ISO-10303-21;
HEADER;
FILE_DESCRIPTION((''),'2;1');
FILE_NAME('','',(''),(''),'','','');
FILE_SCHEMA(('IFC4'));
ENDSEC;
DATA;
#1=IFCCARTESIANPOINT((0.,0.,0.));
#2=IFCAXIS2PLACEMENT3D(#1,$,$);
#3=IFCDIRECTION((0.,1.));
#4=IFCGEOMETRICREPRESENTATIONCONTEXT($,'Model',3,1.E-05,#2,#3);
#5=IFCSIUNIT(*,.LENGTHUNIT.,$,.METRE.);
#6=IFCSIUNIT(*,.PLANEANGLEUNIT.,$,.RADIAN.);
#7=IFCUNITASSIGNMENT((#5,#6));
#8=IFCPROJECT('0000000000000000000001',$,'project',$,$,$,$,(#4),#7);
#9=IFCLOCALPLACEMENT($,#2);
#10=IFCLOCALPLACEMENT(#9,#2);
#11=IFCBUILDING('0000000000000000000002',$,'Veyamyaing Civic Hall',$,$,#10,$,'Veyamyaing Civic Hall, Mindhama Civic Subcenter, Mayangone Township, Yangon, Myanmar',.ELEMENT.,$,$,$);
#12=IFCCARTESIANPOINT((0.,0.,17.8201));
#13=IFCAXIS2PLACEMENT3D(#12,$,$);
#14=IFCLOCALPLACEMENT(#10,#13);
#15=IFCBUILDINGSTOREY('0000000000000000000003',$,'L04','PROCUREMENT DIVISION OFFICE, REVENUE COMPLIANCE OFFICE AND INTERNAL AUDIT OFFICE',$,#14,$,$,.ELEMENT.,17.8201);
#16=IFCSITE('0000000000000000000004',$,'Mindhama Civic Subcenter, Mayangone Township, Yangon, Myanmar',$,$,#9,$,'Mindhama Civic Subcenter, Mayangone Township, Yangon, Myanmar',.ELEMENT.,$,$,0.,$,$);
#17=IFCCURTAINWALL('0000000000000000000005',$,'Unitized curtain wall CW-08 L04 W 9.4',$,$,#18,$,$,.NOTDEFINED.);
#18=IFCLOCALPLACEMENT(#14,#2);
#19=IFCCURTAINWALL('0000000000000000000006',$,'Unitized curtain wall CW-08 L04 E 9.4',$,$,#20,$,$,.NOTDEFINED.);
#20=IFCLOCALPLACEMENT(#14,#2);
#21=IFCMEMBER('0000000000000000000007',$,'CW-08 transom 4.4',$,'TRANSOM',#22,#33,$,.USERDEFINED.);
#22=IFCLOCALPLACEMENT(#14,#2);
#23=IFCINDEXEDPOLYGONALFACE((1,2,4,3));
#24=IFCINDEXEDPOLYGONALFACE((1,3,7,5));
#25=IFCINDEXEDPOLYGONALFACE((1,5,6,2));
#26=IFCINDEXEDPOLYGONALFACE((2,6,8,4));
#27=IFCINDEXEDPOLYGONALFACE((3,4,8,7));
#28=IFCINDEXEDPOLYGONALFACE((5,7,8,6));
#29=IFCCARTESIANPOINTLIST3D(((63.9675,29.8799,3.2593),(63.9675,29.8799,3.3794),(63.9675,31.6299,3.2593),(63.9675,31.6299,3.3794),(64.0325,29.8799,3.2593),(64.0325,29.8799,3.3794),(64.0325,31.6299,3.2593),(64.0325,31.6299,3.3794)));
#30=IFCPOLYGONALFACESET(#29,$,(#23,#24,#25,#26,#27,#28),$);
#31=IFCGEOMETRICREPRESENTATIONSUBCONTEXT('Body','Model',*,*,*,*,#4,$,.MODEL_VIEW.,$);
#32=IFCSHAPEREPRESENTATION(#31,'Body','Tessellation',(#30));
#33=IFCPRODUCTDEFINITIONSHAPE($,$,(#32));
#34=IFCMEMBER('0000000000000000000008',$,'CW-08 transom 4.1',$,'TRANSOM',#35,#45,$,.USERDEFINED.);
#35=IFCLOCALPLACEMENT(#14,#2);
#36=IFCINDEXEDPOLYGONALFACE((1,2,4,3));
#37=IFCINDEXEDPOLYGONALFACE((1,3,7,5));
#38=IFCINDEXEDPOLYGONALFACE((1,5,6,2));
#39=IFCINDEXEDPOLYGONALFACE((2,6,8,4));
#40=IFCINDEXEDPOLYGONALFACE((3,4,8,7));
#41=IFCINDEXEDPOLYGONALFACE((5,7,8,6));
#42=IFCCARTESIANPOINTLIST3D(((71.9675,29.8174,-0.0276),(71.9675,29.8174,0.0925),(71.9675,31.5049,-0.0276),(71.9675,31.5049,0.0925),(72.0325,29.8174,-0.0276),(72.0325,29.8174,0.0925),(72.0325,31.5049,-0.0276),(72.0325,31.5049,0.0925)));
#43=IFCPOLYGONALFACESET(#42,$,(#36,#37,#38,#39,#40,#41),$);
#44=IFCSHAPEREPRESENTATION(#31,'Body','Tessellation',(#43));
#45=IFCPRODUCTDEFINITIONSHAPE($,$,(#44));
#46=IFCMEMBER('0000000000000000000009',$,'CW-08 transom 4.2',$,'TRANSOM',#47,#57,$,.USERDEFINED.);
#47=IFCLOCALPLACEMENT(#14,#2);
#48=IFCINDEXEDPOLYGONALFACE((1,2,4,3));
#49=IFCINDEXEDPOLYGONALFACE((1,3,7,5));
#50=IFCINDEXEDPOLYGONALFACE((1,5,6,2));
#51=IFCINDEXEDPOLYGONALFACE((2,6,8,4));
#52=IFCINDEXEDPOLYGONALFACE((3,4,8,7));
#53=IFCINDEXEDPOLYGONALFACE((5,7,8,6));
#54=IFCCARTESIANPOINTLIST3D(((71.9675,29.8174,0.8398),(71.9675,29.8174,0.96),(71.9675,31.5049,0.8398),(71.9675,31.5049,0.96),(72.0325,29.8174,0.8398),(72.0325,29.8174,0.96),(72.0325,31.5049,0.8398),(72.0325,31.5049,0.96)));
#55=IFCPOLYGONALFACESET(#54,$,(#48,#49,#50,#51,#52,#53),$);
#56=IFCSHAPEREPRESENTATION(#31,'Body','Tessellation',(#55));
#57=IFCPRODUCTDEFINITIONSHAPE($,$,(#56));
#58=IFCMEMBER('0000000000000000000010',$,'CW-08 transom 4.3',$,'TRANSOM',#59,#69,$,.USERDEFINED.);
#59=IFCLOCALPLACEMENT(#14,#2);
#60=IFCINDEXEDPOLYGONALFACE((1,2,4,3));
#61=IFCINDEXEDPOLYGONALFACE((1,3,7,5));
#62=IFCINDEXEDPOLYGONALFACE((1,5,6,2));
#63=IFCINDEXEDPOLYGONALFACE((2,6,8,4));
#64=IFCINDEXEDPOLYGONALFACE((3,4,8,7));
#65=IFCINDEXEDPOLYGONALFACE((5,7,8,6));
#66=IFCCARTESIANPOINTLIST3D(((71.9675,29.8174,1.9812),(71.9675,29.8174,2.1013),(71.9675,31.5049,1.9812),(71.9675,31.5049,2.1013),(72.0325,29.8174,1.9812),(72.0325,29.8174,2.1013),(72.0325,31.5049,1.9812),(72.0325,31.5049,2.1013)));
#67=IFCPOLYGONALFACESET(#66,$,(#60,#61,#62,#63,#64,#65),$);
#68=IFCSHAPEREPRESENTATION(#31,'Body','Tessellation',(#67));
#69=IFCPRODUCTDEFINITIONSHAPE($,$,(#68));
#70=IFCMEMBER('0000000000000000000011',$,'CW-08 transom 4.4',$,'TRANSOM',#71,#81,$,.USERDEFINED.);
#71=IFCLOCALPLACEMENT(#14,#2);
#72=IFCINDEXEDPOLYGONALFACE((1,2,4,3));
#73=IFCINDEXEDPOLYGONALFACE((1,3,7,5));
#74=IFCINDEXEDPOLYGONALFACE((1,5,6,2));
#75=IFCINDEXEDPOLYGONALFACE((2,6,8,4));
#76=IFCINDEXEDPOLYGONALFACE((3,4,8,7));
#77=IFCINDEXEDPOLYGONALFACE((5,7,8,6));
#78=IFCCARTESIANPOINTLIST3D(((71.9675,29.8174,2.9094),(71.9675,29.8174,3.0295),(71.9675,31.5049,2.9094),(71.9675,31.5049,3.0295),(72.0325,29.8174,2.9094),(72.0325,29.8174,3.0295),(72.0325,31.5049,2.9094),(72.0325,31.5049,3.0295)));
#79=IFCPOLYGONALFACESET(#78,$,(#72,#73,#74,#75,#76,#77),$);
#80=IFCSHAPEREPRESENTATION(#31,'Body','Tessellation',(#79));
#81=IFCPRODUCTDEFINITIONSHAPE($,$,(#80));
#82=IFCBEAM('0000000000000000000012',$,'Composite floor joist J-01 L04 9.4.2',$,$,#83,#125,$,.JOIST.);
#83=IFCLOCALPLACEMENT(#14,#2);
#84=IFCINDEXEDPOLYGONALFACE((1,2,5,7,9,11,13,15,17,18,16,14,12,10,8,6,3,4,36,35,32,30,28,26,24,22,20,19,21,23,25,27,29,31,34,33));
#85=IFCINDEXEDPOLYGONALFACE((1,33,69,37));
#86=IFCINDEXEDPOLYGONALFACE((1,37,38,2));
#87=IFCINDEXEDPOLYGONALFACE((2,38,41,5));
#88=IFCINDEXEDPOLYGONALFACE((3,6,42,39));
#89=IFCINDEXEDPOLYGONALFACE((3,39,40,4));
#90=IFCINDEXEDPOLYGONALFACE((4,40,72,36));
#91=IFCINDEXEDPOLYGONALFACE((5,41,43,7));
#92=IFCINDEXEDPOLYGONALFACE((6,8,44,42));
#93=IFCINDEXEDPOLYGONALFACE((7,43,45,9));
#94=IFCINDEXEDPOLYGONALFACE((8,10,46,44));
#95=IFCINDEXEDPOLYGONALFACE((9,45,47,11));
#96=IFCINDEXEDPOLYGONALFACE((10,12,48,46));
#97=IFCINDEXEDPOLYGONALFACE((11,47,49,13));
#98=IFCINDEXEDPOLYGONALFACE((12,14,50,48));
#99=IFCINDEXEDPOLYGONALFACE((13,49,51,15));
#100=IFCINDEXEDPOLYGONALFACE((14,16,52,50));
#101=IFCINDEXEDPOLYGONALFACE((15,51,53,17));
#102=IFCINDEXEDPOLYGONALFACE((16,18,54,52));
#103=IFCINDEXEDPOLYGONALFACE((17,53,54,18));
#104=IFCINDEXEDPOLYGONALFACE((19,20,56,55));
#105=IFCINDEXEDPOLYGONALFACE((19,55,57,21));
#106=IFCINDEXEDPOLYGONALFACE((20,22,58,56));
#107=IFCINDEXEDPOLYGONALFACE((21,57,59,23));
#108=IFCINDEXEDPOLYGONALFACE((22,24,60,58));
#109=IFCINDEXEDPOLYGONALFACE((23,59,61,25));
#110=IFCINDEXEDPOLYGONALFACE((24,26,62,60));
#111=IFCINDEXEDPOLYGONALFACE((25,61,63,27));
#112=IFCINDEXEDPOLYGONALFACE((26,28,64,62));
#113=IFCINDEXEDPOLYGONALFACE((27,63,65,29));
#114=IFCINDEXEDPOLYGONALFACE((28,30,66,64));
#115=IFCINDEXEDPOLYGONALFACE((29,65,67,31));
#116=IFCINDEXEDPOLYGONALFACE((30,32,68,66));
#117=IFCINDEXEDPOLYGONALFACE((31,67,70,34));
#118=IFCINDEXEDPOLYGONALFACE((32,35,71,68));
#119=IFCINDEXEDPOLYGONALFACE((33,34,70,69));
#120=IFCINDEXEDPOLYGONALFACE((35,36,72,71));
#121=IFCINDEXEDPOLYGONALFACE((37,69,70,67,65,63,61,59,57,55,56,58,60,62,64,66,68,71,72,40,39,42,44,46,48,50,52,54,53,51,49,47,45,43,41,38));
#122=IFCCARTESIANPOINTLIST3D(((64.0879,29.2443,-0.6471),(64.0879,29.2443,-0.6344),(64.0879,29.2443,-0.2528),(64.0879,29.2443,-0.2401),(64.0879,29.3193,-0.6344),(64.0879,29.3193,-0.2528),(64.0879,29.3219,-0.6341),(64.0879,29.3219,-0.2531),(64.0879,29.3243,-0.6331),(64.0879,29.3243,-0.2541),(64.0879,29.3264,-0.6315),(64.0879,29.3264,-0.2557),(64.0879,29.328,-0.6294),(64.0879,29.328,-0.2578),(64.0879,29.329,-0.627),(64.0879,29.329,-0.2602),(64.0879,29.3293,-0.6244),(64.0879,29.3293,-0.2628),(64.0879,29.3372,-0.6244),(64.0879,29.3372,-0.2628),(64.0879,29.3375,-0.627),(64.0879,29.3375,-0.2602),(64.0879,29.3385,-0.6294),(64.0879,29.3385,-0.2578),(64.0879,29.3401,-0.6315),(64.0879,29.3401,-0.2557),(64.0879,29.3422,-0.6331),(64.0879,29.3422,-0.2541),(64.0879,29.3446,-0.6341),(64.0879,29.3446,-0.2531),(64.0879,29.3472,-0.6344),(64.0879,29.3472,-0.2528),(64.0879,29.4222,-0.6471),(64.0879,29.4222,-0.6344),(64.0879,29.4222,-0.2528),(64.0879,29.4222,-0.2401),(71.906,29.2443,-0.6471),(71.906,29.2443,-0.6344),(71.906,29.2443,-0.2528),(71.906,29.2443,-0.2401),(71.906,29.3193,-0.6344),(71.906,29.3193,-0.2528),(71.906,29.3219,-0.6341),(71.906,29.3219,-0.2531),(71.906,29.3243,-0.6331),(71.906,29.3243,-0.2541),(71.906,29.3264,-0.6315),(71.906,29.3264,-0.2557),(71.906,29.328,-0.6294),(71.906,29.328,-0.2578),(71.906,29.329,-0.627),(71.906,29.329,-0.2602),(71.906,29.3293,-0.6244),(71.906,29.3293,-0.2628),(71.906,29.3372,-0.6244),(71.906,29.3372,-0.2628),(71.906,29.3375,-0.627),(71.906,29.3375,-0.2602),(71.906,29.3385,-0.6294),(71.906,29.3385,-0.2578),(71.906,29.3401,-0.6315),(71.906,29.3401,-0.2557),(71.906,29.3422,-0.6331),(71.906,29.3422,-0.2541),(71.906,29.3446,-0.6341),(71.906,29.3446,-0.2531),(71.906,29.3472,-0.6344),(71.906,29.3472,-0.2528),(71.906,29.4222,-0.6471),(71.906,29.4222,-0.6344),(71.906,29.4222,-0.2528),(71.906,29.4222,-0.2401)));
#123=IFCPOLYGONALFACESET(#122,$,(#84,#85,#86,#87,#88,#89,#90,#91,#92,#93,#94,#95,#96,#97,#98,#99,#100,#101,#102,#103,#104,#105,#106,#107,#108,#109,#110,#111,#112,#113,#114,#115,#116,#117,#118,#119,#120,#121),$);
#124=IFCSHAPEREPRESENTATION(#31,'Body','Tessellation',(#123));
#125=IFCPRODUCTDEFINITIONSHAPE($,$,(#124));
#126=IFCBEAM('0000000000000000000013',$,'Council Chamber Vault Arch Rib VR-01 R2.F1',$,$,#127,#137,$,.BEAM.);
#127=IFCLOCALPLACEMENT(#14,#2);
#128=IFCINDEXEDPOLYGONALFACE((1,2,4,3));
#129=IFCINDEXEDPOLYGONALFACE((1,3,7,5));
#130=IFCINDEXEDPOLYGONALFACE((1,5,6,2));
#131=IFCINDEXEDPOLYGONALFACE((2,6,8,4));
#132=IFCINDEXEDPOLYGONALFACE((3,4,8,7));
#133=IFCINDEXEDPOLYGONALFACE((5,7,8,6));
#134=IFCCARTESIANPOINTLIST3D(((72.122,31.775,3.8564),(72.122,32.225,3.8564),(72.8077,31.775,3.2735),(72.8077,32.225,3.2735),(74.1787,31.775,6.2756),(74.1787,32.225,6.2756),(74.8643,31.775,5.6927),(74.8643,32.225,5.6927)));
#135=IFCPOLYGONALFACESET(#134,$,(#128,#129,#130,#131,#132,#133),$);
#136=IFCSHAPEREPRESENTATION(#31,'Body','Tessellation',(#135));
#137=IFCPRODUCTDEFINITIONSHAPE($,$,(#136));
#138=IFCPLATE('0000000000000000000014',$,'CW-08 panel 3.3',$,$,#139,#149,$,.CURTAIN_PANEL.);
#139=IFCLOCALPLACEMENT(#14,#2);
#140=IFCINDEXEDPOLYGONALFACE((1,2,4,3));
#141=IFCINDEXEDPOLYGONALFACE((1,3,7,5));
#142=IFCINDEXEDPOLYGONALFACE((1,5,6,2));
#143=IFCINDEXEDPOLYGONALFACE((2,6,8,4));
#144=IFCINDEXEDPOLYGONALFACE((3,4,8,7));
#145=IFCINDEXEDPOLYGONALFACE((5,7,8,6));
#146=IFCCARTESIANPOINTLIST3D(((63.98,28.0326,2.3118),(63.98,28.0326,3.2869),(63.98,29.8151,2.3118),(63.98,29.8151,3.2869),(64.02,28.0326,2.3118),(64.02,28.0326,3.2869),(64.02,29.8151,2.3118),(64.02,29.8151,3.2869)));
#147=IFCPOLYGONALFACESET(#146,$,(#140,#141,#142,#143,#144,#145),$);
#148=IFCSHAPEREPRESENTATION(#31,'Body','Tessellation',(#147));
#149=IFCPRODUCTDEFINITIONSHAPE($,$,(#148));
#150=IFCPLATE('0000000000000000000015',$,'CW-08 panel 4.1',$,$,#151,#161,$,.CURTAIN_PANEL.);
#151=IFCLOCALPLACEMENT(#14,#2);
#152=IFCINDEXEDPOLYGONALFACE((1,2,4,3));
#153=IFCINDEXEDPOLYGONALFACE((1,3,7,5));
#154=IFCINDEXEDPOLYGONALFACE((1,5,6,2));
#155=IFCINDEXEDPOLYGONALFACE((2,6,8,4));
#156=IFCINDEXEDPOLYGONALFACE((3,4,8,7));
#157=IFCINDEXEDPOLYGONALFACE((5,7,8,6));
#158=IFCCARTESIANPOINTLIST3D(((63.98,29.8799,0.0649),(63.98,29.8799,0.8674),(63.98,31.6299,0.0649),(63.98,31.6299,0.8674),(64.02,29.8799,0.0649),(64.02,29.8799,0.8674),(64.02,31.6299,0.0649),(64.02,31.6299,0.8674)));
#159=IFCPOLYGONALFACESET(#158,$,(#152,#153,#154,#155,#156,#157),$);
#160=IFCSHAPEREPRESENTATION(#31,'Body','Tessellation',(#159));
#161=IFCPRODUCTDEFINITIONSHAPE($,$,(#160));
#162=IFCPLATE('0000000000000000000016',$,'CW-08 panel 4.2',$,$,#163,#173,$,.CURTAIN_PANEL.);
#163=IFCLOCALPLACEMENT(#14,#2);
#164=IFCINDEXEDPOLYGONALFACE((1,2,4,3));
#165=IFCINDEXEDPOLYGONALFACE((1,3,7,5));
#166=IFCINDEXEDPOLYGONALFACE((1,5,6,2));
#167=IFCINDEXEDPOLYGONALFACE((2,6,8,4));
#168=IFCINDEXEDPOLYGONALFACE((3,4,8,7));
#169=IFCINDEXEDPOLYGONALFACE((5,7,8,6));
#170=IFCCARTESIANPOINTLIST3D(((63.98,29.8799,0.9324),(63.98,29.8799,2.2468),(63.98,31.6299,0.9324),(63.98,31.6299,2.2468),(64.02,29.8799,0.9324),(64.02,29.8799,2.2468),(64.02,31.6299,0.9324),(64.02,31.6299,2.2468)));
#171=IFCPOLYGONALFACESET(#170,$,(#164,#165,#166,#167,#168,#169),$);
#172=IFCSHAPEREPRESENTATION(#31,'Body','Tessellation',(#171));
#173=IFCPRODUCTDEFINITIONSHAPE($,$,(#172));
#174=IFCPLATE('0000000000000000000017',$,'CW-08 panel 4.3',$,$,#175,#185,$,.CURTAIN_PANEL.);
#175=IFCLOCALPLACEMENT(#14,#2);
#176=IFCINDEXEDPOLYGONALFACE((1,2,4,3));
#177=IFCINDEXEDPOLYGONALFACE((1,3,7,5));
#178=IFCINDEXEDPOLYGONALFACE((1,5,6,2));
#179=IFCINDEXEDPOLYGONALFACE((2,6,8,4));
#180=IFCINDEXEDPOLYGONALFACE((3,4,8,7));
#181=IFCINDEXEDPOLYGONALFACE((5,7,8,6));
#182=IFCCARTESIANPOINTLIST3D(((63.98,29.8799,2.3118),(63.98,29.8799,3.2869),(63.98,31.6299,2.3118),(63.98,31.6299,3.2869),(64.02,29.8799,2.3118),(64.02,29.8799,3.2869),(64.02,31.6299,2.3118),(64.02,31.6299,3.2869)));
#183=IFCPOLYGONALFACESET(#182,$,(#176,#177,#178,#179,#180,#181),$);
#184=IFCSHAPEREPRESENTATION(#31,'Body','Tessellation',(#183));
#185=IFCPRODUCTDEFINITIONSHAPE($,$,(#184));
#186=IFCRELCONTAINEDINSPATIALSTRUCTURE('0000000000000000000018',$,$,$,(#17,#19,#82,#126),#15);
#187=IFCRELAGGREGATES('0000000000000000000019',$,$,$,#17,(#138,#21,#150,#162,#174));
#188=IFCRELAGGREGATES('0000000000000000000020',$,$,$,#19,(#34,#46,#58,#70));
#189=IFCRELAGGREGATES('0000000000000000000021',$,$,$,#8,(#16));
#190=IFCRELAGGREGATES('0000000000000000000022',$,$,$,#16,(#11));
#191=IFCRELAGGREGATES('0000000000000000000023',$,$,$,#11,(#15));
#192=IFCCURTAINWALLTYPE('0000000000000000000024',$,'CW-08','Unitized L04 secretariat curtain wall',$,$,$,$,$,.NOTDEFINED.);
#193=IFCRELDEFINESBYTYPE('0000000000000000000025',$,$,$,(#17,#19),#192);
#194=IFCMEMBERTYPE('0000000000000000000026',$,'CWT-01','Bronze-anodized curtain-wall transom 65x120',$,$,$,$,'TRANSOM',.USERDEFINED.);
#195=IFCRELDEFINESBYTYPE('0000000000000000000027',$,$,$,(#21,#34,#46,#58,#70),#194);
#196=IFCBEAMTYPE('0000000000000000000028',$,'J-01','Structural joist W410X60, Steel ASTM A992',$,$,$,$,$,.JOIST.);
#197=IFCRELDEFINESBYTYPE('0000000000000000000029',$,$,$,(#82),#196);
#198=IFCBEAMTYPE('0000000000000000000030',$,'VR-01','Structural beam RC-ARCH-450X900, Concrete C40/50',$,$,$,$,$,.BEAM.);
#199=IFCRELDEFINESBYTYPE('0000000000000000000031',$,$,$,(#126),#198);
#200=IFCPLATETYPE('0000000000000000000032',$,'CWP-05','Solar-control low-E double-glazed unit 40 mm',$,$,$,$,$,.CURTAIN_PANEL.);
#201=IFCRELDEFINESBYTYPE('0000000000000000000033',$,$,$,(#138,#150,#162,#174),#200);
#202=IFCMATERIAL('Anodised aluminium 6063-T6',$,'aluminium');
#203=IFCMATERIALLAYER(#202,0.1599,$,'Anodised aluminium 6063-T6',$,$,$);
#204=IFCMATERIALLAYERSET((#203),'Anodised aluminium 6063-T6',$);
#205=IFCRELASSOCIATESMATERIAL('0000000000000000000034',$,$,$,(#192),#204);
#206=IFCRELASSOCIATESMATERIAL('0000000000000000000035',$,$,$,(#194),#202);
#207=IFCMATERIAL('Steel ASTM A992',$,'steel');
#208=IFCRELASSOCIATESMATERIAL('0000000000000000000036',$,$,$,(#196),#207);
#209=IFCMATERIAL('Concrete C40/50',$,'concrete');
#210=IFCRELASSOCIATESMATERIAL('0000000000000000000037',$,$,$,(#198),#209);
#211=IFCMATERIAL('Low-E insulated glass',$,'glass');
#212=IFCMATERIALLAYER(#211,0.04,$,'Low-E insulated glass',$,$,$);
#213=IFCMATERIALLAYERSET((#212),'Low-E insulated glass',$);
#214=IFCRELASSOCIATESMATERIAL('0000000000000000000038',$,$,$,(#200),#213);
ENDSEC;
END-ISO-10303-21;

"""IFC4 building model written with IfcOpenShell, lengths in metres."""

from ifc_helpers import new_model, si_unit, direction, frame, origin, origin_2d, place, context, subcontext, project, spatial, rectangle, i_section, extrude, material, layer, layer_set, material_profile, profile_set, type_object, element, aggregate, save


model = new_model("IFC4")

# Units and contexts
model_context = context("Model", 3, precision=1e-05, world=origin(), true_north=direction((0.0, 1.0)))
body_context = subcontext(model_context, "Body", "Model", "MODEL_VIEW")
ifc_project = project(units=[si_unit("LENGTHUNIT", "METRE"), si_unit("PLANEANGLEUNIT", "RADIAN")], contexts=[model_context])

# Site, building, storey
site_placement = place(None, origin())
site = spatial("IfcSite", under=ifc_project, at=site_placement, Name="Mindhama Civic Subcenter, Mayangone Township, Yangon, Myanmar", LongName="Mindhama Civic Subcenter, Mayangone Township, Yangon, Myanmar", CompositionType="ELEMENT", RefElevation=0.0)
building_placement = place(site_placement, origin())
building = spatial("IfcBuilding", under=site, at=building_placement, Name="Veyamyaing Civic Hall", LongName="Veyamyaing Civic Hall, Mindhama Civic Subcenter, Mayangone Township, Yangon, Myanmar", CompositionType="ELEMENT")
storey_placement = place(building_placement, frame((0.0, 0.0, 17.8201)))
storey = spatial("IfcBuildingStorey", under=building, at=storey_placement, Name="L04", Description="PROCUREMENT DIVISION OFFICE, REVENUE COMPLIANCE OFFICE AND INTERNAL AUDIT OFFICE", CompositionType="ELEMENT", Elevation=17.8201)

# Shared definitions
ifc_material_1 = material(Name="Steel ASTM A992", Category="steel")

# Curtain walls
ifc_material_2 = material(Name="Anodised aluminium 6063-T6", Category="aluminium")
ifc_layer_1 = layer(ifc_material_2, 0.1599, Name="Anodised aluminium 6063-T6")
ifc_layer_set_1 = layer_set([ifc_layer_1], Name="Anodised aluminium 6063-T6")
curtain_wall_type = type_object("IfcCurtainWallType", Name="CW-08", Description="Unitized L04 secretariat curtain wall", PredefinedType="NOTDEFINED", material=ifc_layer_set_1)
curtain_wall_1_placement = place(storey_placement, origin())
curtain_wall_1 = element("IfcCurtainWall", 1, at=curtain_wall_1_placement, inside=storey, type_object=curtain_wall_type, Name="Unitized curtain wall CW-08 L04 W 9.4", PredefinedType="NOTDEFINED")
curtain_wall_2_placement = place(storey_placement, origin())
curtain_wall_2 = element("IfcCurtainWall", 2, at=curtain_wall_2_placement, inside=storey, type_object=curtain_wall_type, Name="Unitized curtain wall CW-08 L04 E 9.4", PredefinedType="NOTDEFINED")

# Members
ifc_material_profile_1 = material_profile(ifc_material_2, rectangle(XDim=0.0649, YDim=0.1201, at=origin_2d()), Name="ALU-TRN-65X120")
ifc_profile_set_1 = profile_set([ifc_material_profile_1], Name="Anodised aluminium 6063-T6")
member_type_1 = type_object("IfcMemberType", Name="CWT-01", Description="Bronze-anodized curtain-wall transom 65x120", ElementType="TRANSOM", PredefinedType="USERDEFINED", material=ifc_profile_set_1)
member_1_placement = place(storey_placement, frame((64.0, 29.8799, 3.3193), z_axis=(0.0, 1.0, 0.0), x_axis=(-1.0, 0.0, 0.0)))
member_1 = element("IfcMember", 3, at=member_1_placement, type_object=member_type_1, Name="CW-08 transom 4.4", ObjectType="TRANSOM", PredefinedType="USERDEFINED", context=body_context, shape_type="SweptSolid", body=[
    extrude(rectangle(XDim=0.0649, YDim=0.1201, at=origin_2d()), origin(), (0.0, 0.0, 1.0), 1.75),
])
member_2_placement = place(storey_placement, frame((72.0, 29.8174, 0.0325), z_axis=(0.0, 1.0, 0.0), x_axis=(-1.0, 0.0, 0.0)))
member_2 = element("IfcMember", 4, at=member_2_placement, type_object=member_type_1, Name="CW-08 transom 4.1", ObjectType="TRANSOM", PredefinedType="USERDEFINED", context=body_context, shape_type="SweptSolid", body=[
    extrude(rectangle(XDim=0.0649, YDim=0.1201, at=origin_2d()), origin(), (0.0, 0.0, 1.0), 1.6875),
])
member_3_placement = place(storey_placement, frame((72.0, 29.8174, 0.8999), z_axis=(0.0, 1.0, 0.0), x_axis=(-1.0, 0.0, 0.0)))
member_3 = element("IfcMember", 5, at=member_3_placement, type_object=member_type_1, Name="CW-08 transom 4.2", ObjectType="TRANSOM", PredefinedType="USERDEFINED", context=body_context, shape_type="SweptSolid", body=[
    extrude(rectangle(XDim=0.0649, YDim=0.1201, at=origin_2d()), origin(), (0.0, 0.0, 1.0), 1.6875),
])
member_4_placement = place(storey_placement, frame((72.0, 29.8174, 2.0413), z_axis=(0.0, 1.0, 0.0), x_axis=(-1.0, 0.0, 0.0)))
member_4 = element("IfcMember", 6, at=member_4_placement, type_object=member_type_1, Name="CW-08 transom 4.3", ObjectType="TRANSOM", PredefinedType="USERDEFINED", context=body_context, shape_type="SweptSolid", body=[
    extrude(rectangle(XDim=0.0649, YDim=0.1201, at=origin_2d()), origin(), (0.0, 0.0, 1.0), 1.6875),
])
member_5_placement = place(storey_placement, frame((72.0, 29.8174, 2.9695), z_axis=(0.0, 1.0, 0.0), x_axis=(-1.0, 0.0, 0.0)))
member_5 = element("IfcMember", 7, at=member_5_placement, type_object=member_type_1, Name="CW-08 transom 4.4", ObjectType="TRANSOM", PredefinedType="USERDEFINED", context=body_context, shape_type="SweptSolid", body=[
    extrude(rectangle(XDim=0.0649, YDim=0.1201, at=origin_2d()), origin(), (0.0, 0.0, 1.0), 1.6875),
])

# Beams
ifc_material_profile_2 = material_profile(ifc_material_1, i_section(OverallWidth=0.178, OverallDepth=0.407, WebThickness=0.0078, FlangeThickness=0.0127, FilletRadius=0.01, at=origin_2d()), Name="W410X60")
ifc_profile_set_2 = profile_set([ifc_material_profile_2], Name="Steel ASTM A992")
beam_type_1 = type_object("IfcBeamType", Name="J-01", Description="Structural joist W410X60, Steel ASTM A992", PredefinedType="JOIST", material=ifc_profile_set_2)
beam_1_placement = place(storey_placement, frame((64.0879, 29.3333, -0.4436), z_axis=(1.0, 0.0, 0.0), x_axis=(0.0, 1.0, 0.0)))
element("IfcBeam", 8, at=beam_1_placement, inside=storey, type_object=beam_type_1, Name="Composite floor joist J-01 L04 9.4.2", PredefinedType="JOIST", context=body_context, shape_type="SweptSolid", body=[
    extrude(i_section(OverallWidth=0.178, OverallDepth=0.407, WebThickness=0.0078, FlangeThickness=0.0127, FilletRadius=0.01, at=origin_2d()), origin(), (0.0, 0.0, 1.0), 7.8181),
])
ifc_material_3 = material(Name="Concrete C40/50", Category="concrete")
ifc_material_profile_3 = material_profile(ifc_material_3, rectangle(XDim=0.45, YDim=0.8999, at=origin_2d()), Name="RC-ARCH-450X900")
ifc_profile_set_3 = profile_set([ifc_material_profile_3], Name="Concrete C40/50")
beam_type_2 = type_object("IfcBeamType", Name="VR-01", Description="Structural beam RC-ARCH-450X900, Concrete C40/50", PredefinedType="BEAM", material=ifc_profile_set_3)
beam_2_placement = place(storey_placement, frame((72.4648, 32.0, 3.5649), z_axis=(0.647709, 0.0, 0.761888), x_axis=(0.0, 1.0, 0.0)))
element("IfcBeam", 9, at=beam_2_placement, inside=storey, type_object=beam_type_2, Name="Council Chamber Vault Arch Rib VR-01 R2.F1", PredefinedType="BEAM", context=body_context, shape_type="SweptSolid", body=[
    extrude(rectangle(XDim=0.45, YDim=0.8999, at=origin_2d()), origin(), (0.0, 0.0, 1.0), 3.1753),
])

# Plates
ifc_material_4 = material(Name="Low-E insulated glass", Category="glass")
ifc_layer_2 = layer(ifc_material_4, 0.04, Name="Low-E insulated glass")
ifc_layer_set_2 = layer_set([ifc_layer_2], Name="Low-E insulated glass")
plate_type_1 = type_object("IfcPlateType", Name="CWP-05", Description="Solar-control low-E double-glazed unit 40 mm", PredefinedType="CURTAIN_PANEL", material=ifc_layer_set_2)
plate_1_placement = place(storey_placement, frame((64.0, 28.9238, 2.3118), z_axis=(0.0, 0.0, 1.0), x_axis=(0.0, 1.0, 0.0)))
plate_1 = element("IfcPlate", 10, at=plate_1_placement, type_object=plate_type_1, Name="CW-08 panel 3.3", PredefinedType="CURTAIN_PANEL", context=body_context, shape_type="SweptSolid", body=[
    extrude(rectangle(XDim=1.7825, YDim=0.04, at=origin_2d()), origin(), (0.0, 0.0, 1.0), 0.9751),
])
plate_2_placement = place(storey_placement, frame((64.0, 30.7549, 0.0649), z_axis=(0.0, 0.0, 1.0), x_axis=(0.0, 1.0, 0.0)))
plate_2 = element("IfcPlate", 11, at=plate_2_placement, type_object=plate_type_1, Name="CW-08 panel 4.1", PredefinedType="CURTAIN_PANEL", context=body_context, shape_type="SweptSolid", body=[
    extrude(rectangle(XDim=1.75, YDim=0.04, at=origin_2d()), origin(), (0.0, 0.0, 1.0), 0.8025),
])
plate_3_placement = place(storey_placement, frame((64.0, 30.7549, 0.9324), z_axis=(0.0, 0.0, 1.0), x_axis=(0.0, 1.0, 0.0)))
plate_3 = element("IfcPlate", 12, at=plate_3_placement, type_object=plate_type_1, Name="CW-08 panel 4.2", PredefinedType="CURTAIN_PANEL", context=body_context, shape_type="SweptSolid", body=[
    extrude(rectangle(XDim=1.75, YDim=0.04, at=origin_2d()), origin(), (0.0, 0.0, 1.0), 1.3145),
])
plate_4_placement = place(storey_placement, frame((64.0, 30.7549, 2.3118), z_axis=(0.0, 0.0, 1.0), x_axis=(0.0, 1.0, 0.0)))
plate_4 = element("IfcPlate", 13, at=plate_4_placement, type_object=plate_type_1, Name="CW-08 panel 4.3", PredefinedType="CURTAIN_PANEL", context=body_context, shape_type="SweptSolid", body=[
    extrude(rectangle(XDim=1.75, YDim=0.04, at=origin_2d()), origin(), (0.0, 0.0, 1.0), 0.9751),
])
aggregate(curtain_wall_1, [plate_1, member_1, plate_2, plate_3, plate_4])
aggregate(curtain_wall_2, [member_2, member_3, member_4, member_5])

save(model, "model.ifc")
